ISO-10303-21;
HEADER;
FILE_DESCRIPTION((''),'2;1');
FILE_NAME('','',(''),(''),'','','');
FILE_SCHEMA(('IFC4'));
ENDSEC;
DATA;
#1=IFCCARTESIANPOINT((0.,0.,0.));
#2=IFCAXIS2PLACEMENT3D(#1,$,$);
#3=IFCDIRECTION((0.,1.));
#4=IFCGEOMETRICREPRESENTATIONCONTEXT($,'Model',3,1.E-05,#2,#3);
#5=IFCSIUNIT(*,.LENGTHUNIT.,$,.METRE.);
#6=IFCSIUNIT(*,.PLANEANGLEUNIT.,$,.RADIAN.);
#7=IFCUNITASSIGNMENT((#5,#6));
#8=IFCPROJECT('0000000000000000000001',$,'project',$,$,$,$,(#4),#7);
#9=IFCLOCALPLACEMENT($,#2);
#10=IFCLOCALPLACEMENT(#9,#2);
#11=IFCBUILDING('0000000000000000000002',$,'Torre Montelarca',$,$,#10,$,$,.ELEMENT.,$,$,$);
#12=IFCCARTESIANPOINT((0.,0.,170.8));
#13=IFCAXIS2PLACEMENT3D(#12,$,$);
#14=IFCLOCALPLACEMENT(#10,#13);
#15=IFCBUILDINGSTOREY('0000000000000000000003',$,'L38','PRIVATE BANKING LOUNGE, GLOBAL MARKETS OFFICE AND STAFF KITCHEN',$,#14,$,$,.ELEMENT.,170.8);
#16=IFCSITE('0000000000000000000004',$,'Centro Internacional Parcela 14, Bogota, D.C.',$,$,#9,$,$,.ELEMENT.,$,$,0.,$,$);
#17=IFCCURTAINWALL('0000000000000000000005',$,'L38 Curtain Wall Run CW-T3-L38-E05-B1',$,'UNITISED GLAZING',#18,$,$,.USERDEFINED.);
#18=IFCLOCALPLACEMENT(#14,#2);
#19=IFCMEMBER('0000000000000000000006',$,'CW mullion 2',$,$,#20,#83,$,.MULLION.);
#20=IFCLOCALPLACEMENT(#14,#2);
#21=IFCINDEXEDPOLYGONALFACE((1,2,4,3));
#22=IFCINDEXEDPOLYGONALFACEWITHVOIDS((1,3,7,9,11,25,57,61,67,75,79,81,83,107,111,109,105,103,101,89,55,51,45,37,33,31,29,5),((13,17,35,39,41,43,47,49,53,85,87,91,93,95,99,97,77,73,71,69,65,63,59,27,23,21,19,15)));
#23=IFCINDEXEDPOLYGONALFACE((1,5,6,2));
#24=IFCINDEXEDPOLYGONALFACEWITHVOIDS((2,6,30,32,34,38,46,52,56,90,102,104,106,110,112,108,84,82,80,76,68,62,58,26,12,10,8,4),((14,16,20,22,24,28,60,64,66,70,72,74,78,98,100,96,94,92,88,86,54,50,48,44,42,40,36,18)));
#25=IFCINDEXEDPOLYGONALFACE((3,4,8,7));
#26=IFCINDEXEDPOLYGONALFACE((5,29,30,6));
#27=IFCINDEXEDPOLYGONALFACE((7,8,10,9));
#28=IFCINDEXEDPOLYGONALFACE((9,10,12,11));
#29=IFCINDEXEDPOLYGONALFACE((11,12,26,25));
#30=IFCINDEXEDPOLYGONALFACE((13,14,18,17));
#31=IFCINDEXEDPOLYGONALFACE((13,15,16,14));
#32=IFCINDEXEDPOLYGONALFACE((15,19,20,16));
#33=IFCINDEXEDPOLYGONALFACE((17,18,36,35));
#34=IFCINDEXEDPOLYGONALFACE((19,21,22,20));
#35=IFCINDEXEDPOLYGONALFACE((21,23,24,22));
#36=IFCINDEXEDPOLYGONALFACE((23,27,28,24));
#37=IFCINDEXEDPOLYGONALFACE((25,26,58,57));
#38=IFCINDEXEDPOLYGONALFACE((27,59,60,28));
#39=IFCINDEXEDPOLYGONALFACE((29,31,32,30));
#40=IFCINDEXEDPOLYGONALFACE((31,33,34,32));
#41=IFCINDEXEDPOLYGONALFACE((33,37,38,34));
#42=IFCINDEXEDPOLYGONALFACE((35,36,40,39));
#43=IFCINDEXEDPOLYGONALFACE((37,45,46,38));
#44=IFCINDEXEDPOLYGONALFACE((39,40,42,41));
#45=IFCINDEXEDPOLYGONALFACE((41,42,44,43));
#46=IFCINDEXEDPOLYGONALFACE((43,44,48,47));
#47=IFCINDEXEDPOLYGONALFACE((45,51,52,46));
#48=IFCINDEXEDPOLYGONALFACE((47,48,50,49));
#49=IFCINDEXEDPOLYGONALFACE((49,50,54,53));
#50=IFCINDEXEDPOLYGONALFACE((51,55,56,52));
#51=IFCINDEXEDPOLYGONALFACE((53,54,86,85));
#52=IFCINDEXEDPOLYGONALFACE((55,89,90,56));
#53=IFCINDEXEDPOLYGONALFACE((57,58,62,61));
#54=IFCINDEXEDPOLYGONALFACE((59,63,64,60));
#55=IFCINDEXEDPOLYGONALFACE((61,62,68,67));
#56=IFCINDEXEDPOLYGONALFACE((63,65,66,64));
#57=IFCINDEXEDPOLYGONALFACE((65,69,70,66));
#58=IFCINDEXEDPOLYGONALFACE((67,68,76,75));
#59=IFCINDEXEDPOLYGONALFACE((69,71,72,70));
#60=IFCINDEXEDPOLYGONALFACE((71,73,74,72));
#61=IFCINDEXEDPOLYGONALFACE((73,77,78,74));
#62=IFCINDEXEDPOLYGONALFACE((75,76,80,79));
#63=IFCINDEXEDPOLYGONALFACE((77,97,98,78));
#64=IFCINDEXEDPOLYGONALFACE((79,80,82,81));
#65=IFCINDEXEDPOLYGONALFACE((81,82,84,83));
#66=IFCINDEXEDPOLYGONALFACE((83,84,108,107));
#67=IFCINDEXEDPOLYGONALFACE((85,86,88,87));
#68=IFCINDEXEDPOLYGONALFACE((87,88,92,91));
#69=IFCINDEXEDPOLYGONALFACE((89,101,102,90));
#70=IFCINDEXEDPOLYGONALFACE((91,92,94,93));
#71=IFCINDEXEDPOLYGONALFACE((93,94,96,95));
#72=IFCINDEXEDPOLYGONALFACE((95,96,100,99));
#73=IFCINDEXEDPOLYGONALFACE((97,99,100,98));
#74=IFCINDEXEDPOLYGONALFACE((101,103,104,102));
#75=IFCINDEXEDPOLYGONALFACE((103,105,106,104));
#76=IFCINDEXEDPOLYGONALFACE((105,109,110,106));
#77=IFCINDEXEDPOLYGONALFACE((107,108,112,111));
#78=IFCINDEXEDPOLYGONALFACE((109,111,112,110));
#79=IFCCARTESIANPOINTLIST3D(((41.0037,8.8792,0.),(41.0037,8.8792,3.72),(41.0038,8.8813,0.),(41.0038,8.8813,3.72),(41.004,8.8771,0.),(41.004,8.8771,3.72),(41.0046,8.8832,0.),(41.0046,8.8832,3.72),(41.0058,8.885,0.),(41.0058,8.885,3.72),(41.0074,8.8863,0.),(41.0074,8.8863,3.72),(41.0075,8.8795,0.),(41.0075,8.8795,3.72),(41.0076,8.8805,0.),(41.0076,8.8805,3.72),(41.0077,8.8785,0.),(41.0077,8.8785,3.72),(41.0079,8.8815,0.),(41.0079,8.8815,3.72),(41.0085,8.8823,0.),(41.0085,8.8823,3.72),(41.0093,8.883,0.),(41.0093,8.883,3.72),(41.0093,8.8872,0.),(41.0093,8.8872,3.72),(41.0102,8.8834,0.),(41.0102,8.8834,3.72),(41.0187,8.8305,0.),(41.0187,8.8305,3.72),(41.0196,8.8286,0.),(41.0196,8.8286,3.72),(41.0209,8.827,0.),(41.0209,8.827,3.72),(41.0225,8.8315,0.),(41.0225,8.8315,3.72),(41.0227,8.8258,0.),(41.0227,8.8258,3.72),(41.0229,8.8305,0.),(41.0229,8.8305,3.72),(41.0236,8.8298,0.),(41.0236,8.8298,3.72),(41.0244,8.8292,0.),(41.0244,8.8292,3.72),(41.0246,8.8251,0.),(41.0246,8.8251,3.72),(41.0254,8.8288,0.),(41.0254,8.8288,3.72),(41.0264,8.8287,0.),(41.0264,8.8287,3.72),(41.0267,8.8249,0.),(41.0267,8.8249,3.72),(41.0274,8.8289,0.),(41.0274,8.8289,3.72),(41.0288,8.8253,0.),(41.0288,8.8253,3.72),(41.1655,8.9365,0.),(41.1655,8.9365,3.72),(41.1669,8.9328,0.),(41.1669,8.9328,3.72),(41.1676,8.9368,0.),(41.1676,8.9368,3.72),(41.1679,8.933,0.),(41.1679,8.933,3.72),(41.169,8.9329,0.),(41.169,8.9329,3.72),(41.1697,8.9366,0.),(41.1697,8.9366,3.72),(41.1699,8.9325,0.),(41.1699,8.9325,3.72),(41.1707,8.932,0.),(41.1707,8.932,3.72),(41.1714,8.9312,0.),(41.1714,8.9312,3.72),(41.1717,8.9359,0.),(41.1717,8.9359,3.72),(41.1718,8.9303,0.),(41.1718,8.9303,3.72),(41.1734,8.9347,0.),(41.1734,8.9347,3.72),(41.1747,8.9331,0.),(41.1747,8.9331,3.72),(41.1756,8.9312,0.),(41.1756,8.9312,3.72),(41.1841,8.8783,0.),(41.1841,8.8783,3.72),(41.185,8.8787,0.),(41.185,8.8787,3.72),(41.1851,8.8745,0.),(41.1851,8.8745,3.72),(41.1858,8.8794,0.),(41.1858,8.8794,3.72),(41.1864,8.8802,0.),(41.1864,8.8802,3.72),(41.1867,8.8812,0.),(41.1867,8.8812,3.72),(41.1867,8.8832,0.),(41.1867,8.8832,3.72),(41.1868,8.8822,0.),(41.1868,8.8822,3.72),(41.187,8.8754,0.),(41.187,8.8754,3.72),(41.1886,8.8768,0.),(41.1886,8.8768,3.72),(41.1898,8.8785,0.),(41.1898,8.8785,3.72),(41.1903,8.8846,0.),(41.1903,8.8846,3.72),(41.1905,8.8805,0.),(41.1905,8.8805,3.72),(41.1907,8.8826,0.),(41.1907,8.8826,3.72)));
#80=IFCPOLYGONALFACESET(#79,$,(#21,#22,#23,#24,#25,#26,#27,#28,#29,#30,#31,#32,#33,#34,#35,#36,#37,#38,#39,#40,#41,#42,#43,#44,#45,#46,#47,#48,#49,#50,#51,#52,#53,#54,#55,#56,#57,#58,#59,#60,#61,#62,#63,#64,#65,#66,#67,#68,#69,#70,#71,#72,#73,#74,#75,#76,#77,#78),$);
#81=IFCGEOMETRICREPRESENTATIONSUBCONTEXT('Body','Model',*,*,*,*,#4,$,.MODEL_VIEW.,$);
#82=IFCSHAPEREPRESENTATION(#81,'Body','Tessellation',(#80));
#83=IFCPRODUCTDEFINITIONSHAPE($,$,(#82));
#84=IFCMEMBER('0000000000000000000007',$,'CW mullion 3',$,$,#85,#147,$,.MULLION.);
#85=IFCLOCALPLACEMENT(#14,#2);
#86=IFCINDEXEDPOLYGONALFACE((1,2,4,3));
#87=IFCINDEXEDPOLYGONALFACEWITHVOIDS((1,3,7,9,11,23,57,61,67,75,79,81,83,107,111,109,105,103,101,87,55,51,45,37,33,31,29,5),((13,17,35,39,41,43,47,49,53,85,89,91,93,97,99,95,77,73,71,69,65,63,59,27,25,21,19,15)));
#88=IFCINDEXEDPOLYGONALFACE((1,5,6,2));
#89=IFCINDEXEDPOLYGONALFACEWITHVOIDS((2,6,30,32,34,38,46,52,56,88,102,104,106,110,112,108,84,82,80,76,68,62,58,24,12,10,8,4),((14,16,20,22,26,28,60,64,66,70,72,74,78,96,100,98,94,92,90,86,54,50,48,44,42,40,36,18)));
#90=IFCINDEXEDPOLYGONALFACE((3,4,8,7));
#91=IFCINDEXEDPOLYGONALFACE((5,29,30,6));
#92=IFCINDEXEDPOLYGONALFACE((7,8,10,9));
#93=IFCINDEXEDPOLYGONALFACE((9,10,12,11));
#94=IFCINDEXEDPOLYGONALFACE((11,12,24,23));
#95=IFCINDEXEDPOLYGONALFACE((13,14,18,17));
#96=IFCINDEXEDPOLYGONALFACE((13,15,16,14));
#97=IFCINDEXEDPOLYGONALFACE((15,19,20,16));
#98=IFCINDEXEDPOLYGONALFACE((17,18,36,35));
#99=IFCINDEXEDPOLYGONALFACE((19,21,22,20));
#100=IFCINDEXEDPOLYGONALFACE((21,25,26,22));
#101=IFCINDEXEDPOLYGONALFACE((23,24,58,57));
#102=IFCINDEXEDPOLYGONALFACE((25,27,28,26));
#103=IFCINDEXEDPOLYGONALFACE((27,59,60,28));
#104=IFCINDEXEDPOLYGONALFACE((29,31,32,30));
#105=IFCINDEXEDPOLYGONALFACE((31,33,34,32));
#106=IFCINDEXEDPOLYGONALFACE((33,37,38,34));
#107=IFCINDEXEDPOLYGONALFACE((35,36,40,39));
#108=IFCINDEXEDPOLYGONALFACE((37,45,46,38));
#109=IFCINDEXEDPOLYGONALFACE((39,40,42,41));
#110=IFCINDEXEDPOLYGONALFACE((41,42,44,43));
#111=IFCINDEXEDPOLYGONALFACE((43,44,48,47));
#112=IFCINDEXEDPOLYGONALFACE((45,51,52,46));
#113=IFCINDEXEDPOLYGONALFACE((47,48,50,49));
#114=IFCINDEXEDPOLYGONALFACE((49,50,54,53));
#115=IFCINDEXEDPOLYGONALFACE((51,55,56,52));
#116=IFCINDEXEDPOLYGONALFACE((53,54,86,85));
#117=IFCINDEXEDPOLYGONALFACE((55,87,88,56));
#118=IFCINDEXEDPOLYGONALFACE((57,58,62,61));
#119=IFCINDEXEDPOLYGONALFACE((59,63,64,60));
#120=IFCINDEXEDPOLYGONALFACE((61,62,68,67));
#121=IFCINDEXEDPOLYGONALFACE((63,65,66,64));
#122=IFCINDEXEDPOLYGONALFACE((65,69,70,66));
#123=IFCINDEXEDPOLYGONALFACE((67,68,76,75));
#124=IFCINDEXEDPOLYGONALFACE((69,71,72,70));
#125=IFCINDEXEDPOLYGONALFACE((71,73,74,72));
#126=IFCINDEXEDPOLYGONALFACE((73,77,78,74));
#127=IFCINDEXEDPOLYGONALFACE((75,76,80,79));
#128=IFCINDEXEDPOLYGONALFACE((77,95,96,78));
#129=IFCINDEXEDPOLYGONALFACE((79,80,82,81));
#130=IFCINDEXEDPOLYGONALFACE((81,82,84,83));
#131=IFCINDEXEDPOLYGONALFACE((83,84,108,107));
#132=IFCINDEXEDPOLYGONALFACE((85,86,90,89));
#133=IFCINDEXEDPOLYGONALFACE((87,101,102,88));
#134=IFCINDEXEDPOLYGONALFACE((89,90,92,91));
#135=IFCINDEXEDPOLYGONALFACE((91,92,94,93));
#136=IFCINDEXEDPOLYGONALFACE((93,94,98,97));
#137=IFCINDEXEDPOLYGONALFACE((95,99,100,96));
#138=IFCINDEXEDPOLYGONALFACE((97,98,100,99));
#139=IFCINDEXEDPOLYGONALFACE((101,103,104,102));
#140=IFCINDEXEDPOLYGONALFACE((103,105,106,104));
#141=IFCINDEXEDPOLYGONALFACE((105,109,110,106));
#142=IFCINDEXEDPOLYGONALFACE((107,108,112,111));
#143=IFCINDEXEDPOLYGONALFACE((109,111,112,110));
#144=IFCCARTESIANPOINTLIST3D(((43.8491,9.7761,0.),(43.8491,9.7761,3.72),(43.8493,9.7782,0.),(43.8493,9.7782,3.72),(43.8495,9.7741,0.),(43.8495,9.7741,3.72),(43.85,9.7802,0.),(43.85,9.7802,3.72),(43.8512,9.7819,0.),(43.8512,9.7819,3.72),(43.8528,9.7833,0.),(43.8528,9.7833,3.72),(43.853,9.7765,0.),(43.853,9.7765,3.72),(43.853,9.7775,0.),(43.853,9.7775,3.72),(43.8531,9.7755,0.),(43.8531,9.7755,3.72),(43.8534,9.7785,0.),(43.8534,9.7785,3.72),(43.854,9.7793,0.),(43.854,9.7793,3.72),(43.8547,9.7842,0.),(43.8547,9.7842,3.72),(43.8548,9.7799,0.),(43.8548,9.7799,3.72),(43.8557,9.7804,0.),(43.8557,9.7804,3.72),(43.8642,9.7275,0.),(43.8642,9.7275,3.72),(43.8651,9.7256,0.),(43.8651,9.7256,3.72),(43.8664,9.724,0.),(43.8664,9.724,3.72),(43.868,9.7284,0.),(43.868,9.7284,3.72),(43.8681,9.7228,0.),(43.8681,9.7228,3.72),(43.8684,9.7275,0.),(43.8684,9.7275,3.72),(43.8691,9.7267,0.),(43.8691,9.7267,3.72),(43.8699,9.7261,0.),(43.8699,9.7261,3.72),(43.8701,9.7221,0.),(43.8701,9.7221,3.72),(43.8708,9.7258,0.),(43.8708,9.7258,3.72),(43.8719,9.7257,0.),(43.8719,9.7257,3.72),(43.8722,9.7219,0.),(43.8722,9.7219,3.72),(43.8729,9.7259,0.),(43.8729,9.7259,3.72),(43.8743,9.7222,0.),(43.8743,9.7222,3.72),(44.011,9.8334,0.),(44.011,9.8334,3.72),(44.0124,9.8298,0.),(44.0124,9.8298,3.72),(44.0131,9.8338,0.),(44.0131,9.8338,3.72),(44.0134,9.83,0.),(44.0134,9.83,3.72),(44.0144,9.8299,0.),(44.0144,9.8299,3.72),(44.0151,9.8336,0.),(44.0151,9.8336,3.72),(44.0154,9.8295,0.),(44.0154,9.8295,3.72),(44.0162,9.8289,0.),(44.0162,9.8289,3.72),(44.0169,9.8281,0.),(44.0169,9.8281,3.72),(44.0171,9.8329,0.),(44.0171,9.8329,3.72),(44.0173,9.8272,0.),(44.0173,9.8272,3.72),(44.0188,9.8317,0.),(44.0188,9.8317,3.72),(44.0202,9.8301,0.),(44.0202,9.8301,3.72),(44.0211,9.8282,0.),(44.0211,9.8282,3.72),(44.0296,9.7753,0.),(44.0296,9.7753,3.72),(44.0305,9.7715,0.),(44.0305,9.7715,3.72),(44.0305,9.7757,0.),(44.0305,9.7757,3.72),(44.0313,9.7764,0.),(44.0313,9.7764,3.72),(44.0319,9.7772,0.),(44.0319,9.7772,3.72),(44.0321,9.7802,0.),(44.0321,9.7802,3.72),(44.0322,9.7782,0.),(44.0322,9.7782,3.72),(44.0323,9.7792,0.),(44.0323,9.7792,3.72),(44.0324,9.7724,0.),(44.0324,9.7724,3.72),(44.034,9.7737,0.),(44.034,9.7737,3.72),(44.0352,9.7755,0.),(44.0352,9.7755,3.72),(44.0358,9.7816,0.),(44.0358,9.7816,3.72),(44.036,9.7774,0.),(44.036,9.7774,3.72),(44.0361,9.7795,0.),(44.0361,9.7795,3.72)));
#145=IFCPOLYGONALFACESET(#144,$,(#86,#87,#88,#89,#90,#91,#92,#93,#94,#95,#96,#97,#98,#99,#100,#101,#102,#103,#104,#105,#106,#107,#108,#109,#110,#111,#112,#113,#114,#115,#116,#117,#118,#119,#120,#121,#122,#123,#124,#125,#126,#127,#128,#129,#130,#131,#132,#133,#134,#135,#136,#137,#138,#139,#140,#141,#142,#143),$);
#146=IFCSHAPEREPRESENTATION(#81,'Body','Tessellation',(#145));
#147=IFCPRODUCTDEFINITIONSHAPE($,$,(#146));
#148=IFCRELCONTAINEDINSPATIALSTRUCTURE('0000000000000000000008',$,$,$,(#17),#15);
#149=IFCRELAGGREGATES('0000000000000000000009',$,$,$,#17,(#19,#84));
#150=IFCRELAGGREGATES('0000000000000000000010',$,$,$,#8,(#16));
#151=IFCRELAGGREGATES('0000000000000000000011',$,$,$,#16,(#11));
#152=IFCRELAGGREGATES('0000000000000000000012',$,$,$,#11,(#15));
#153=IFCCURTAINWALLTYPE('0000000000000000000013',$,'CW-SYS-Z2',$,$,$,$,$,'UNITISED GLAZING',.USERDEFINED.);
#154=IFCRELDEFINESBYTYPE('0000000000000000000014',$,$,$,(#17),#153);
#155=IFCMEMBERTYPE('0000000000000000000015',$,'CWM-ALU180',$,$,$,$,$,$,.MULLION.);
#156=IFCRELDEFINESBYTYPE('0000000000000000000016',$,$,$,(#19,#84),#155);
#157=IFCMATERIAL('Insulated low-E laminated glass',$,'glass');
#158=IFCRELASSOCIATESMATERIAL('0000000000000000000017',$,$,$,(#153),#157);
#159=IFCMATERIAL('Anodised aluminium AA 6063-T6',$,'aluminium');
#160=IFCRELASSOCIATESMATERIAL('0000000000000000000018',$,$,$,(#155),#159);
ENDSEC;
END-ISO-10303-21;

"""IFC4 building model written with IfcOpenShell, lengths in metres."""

from ifc_helpers import new_model, si_unit, direction, frame, origin, origin_2d, place, context, subcontext, project, spatial, hollow_rectangle, extrude, source, transform, mapped, material, material_profile, profile_set, type_object, element, aggregate, save


model = new_model("IFC4")

# Units and contexts
model_context = context("Model", 3, precision=1e-05, world=origin(), true_north=direction((0.0, 1.0)))
body_context = subcontext(model_context, "Body", "Model", "MODEL_VIEW")
ifc_project = project(units=[si_unit("LENGTHUNIT", "METRE"), si_unit("PLANEANGLEUNIT", "RADIAN")], contexts=[model_context])

# Site, building, storey
site_placement = place(None, origin())
site = spatial("IfcSite", under=ifc_project, at=site_placement, Name="Centro Internacional Parcela 14, Bogota, D.C.", CompositionType="ELEMENT", RefElevation=0.0)
building_placement = place(site_placement, origin())
building = spatial("IfcBuilding", under=site, at=building_placement, Name="Torre Montelarca", CompositionType="ELEMENT")
storey_placement = place(building_placement, frame((0.0, 0.0, 170.8)))
storey = spatial("IfcBuildingStorey", under=building, at=storey_placement, Name="L38", Description="PRIVATE BANKING LOUNGE, GLOBAL MARKETS OFFICE AND STAFF KITCHEN", CompositionType="ELEMENT", Elevation=170.8)

# Curtain wall
ifc_material_1 = material(Name="Insulated low-E laminated glass", Category="glass")
curtain_wall_type = type_object("IfcCurtainWallType", Name="CW-SYS-Z2", ElementType="UNITISED GLAZING", PredefinedType="USERDEFINED", material=ifc_material_1)
curtain_wall_1_placement = place(storey_placement, origin())
curtain_wall_1 = element("IfcCurtainWall", 1, at=curtain_wall_1_placement, inside=storey, type_object=curtain_wall_type, Name="L38 Curtain Wall Run CW-T3-L38-E05-B1", ObjectType="UNITISED GLAZING", PredefinedType="USERDEFINED")
ifc_material_2 = material(Name="Anodised aluminium AA 6063-T6", Category="aluminium")

# Shared definitions
ifc_material_profile_1 = material_profile(ifc_material_2, hollow_rectangle(XDim=0.0649, YDim=0.1799, WallThickness=0.0039, InnerFilletRadius=0.0039, OuterFilletRadius=0.0081, at=origin_2d()), Name="ALU65X180X4", Category="aluminium")
ifc_profile_set_1 = profile_set([ifc_material_profile_1], Name="Anodised aluminium AA 6063-T6")
member_type_1 = type_object("IfcMemberType", Name="CWM-ALU180", PredefinedType="MULLION", material=ifc_profile_set_1)
shared_shape_1 = source(origin(), body_context, "Body", "SweptSolid", [
    extrude(hollow_rectangle(XDim=0.0649, YDim=0.1799, WallThickness=0.0039, InnerFilletRadius=0.0039, OuterFilletRadius=0.0081, at=origin_2d()), origin(), (0.0, 0.0, 1.0), 3.72),
])

# Members
member_1_placement = place(storey_placement, frame((41.0972, 8.8809, 0.0), z_axis=(0.0, 0.0, 1.0), x_axis=(-0.300679, 0.953725, 0.0)))
member_1 = element("IfcMember", 2, at=member_1_placement, type_object=member_type_1, Name="CW mullion 2", PredefinedType="MULLION", context=body_context, shape_type="MappedRepresentation", body=[
    mapped(shared_shape_1, transform((0.0, 0.0, 0.0), scale=1.0)),
])
member_2_placement = place(storey_placement, frame((43.9426, 9.7778, 0.0), z_axis=(0.0, 0.0, 1.0), x_axis=(-0.300679, 0.953725, 0.0)))
member_2 = element("IfcMember", 3, at=member_2_placement, type_object=member_type_1, Name="CW mullion 3", PredefinedType="MULLION", context=body_context, shape_type="MappedRepresentation", body=[
    mapped(shared_shape_1, transform((0.0, 0.0, 0.0), scale=1.0)),
])

aggregate(curtain_wall_1, [member_1, member_2])

save(model, "model.ifc")
